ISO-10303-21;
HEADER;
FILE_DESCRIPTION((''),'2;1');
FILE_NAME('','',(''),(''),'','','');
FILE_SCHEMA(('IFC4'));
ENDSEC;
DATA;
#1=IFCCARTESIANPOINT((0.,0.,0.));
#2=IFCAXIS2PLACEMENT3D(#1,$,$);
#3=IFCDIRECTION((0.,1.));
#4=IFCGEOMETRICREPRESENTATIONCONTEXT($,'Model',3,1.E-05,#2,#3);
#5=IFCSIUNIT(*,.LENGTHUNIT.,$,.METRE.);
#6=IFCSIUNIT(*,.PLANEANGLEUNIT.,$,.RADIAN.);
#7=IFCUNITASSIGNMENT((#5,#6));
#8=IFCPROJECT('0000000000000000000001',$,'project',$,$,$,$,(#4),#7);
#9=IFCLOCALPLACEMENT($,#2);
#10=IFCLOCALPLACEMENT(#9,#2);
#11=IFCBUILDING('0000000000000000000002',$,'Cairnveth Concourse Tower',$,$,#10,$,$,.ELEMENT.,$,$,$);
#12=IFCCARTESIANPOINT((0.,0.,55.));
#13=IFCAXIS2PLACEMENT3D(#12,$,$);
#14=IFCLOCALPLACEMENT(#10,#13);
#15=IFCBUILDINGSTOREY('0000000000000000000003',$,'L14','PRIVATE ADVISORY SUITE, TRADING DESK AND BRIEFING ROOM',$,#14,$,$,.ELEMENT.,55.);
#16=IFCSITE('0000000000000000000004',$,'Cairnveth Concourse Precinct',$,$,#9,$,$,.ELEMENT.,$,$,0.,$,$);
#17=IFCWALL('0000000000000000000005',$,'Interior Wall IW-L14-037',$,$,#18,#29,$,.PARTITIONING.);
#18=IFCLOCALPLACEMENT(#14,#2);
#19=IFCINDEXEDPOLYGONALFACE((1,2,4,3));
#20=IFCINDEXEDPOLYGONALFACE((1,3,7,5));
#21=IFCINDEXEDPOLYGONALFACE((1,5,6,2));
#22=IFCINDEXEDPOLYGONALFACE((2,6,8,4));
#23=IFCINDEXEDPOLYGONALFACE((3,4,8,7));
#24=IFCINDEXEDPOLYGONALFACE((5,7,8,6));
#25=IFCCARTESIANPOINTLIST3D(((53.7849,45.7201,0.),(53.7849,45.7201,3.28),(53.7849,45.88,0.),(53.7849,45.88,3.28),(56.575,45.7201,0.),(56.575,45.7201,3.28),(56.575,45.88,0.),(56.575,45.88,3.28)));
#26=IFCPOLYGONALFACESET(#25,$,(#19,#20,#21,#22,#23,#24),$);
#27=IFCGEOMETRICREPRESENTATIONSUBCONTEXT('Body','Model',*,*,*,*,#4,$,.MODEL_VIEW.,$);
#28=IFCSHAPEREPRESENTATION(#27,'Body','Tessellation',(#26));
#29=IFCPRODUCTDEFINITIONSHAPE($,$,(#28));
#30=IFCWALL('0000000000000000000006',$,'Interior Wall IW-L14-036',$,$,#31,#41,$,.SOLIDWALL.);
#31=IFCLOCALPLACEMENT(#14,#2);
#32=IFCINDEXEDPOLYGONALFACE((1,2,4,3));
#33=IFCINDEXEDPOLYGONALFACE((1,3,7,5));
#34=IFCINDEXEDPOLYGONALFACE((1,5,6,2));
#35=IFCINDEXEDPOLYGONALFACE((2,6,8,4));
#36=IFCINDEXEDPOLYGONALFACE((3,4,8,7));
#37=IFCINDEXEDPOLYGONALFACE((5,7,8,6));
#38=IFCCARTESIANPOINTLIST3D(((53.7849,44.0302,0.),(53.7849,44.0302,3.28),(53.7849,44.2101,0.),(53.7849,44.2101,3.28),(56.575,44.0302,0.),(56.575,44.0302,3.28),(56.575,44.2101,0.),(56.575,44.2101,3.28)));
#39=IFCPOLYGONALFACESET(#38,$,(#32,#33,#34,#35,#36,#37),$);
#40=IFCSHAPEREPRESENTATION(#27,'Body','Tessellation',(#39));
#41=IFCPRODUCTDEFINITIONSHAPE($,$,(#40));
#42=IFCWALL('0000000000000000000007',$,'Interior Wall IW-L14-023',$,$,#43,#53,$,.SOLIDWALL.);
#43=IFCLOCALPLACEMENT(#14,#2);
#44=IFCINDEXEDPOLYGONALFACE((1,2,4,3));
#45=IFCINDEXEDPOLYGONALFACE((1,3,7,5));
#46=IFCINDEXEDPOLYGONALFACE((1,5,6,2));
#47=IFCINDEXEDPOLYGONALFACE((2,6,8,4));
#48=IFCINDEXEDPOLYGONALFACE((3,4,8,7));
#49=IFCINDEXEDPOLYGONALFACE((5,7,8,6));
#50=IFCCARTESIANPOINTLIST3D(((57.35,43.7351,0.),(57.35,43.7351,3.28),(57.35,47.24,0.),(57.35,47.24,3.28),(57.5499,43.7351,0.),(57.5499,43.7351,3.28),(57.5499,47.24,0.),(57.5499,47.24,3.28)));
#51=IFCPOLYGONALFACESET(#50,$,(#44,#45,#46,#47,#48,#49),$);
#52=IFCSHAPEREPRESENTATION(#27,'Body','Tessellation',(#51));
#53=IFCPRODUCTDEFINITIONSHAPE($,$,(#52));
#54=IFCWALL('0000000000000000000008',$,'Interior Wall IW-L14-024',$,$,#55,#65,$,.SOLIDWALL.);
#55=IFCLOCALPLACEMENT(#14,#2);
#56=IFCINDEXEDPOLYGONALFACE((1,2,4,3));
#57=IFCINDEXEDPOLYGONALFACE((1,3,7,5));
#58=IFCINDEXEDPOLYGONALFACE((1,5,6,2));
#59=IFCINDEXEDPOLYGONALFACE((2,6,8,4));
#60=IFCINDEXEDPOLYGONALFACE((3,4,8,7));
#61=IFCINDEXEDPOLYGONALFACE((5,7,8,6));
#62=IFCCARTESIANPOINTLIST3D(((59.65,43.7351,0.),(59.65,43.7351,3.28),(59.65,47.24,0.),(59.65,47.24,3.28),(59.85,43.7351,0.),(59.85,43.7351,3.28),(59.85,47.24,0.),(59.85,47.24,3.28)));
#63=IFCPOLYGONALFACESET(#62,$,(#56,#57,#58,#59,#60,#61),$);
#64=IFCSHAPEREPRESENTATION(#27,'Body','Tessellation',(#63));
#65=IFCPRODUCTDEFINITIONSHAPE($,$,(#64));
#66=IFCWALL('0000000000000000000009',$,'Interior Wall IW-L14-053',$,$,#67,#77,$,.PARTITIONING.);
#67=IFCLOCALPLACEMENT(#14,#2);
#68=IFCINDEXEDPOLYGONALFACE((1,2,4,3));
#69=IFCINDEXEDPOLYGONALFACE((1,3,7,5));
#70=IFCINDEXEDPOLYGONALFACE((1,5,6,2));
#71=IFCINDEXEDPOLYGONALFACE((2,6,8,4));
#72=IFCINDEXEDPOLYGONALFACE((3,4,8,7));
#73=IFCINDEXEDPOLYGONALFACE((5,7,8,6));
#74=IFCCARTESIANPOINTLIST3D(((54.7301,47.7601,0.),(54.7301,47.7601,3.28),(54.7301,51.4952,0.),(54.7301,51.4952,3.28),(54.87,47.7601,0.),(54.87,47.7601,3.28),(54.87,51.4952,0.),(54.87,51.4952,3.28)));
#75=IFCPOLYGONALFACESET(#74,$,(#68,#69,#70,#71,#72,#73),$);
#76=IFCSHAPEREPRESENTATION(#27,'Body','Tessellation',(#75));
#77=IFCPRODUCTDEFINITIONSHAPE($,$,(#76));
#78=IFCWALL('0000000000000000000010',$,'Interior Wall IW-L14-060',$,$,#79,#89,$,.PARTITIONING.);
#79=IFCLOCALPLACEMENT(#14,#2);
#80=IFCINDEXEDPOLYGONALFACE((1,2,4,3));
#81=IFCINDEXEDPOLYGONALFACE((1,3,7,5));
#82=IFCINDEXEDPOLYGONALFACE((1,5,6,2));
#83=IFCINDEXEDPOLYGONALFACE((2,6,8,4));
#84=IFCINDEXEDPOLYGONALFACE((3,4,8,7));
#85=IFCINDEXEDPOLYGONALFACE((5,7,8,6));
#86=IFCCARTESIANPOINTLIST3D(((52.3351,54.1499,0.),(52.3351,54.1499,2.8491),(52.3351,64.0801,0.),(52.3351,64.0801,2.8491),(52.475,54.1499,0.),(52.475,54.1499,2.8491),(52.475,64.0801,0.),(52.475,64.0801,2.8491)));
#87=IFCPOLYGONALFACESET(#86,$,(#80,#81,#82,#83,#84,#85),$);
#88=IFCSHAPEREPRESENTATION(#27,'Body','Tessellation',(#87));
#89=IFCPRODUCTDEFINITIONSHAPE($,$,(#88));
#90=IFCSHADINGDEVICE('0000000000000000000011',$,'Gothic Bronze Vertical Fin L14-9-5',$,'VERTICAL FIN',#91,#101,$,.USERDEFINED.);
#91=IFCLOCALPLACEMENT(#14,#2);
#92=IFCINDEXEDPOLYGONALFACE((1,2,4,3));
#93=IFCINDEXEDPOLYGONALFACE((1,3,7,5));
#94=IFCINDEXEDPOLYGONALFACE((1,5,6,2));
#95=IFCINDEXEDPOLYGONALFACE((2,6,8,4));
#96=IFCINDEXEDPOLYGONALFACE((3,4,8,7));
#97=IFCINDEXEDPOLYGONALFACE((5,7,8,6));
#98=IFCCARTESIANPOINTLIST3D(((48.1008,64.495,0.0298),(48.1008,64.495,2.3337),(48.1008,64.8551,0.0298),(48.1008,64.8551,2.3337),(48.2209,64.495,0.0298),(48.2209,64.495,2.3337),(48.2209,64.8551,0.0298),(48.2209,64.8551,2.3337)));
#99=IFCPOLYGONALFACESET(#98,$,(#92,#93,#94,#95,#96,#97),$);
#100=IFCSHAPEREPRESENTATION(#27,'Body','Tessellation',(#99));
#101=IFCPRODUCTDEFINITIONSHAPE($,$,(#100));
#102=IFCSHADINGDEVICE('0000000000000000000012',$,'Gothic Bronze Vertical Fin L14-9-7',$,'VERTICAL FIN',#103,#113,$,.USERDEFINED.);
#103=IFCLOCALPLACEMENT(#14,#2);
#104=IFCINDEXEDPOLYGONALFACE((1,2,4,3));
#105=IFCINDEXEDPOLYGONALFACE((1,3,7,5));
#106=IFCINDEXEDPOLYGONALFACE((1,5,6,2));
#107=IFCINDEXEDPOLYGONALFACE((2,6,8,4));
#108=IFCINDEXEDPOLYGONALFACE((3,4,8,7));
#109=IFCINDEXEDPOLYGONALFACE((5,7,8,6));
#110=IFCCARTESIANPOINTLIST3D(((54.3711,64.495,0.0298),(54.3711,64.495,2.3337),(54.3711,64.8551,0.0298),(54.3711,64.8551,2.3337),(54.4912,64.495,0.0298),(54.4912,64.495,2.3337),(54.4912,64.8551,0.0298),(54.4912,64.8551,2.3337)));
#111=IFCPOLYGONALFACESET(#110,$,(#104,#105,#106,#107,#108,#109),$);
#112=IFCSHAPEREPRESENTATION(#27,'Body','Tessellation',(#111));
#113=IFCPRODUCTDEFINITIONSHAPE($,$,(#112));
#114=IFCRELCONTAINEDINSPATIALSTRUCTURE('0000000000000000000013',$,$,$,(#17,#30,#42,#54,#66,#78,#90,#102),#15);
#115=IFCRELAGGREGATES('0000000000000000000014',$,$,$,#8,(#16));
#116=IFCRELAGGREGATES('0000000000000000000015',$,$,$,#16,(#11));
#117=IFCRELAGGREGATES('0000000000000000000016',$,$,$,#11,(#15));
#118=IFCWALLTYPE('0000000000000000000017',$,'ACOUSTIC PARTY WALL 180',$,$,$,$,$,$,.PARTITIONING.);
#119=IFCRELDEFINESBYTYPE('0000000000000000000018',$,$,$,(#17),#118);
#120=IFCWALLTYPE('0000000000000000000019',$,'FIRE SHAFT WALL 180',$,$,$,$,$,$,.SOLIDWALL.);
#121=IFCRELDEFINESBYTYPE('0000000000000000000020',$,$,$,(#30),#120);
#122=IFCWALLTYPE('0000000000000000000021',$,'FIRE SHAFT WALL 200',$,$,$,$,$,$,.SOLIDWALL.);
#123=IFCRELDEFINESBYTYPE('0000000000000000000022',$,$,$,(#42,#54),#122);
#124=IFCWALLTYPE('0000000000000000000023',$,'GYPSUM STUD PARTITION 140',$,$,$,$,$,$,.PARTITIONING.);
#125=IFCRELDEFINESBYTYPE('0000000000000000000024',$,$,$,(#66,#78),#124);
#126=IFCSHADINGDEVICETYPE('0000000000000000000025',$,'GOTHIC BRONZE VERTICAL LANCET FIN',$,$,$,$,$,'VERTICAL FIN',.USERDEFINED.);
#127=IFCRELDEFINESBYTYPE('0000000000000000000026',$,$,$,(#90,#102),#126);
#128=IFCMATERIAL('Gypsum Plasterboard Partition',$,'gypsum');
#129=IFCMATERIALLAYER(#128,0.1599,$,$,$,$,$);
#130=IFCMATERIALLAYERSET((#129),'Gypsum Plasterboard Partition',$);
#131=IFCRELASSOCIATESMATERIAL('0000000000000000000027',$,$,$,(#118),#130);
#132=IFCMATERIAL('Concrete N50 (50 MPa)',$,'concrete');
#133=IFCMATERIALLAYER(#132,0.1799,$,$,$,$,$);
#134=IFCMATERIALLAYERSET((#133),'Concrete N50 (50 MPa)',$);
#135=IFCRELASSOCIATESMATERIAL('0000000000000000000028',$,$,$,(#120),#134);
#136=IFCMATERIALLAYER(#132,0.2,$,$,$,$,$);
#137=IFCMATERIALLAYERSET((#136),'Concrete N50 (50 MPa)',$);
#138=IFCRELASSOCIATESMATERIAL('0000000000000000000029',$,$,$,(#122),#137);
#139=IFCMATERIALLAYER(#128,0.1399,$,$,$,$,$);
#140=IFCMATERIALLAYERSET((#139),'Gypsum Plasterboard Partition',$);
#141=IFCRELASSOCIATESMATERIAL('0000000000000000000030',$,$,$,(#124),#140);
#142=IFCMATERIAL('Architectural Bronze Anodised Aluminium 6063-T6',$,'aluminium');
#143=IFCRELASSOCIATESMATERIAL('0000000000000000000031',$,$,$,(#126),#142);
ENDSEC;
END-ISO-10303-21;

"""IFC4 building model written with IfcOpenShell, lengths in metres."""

from ifc_helpers import new_model, si_unit, direction, frame, frame_2d, origin, origin_2d, place, context, subcontext, project, spatial, rectangle, extrude, material, layer, layer_set, type_object, element, save


model = new_model("IFC4")

# Units and contexts
model_context = context("Model", 3, precision=1e-05, world=origin(), true_north=direction((0.0, 1.0)))
body_context = subcontext(model_context, "Body", "Model", "MODEL_VIEW")
ifc_project = project(units=[si_unit("LENGTHUNIT", "METRE"), si_unit("PLANEANGLEUNIT", "RADIAN")], contexts=[model_context])

# Site, building, storey
site_placement = place(None, origin())
site = spatial("IfcSite", under=ifc_project, at=site_placement, Name="Cairnveth Concourse Precinct", CompositionType="ELEMENT", RefElevation=0.0)
building_placement = place(site_placement, origin())
building = spatial("IfcBuilding", under=site, at=building_placement, Name="Cairnveth Concourse Tower", CompositionType="ELEMENT")
storey_placement = place(building_placement, frame((0.0, 0.0, 55.0)))
storey = spatial("IfcBuildingStorey", under=building, at=storey_placement, Name="L14", Description="PRIVATE ADVISORY SUITE, TRADING DESK AND BRIEFING ROOM", CompositionType="ELEMENT", Elevation=55.0)

# Walls
ifc_material_1 = material(Name="Gypsum Plasterboard Partition", Category="gypsum")
ifc_layer_1 = layer(ifc_material_1, 0.1599)
ifc_layer_set_1 = layer_set([ifc_layer_1], Name="Gypsum Plasterboard Partition")
wall_type_1 = type_object("IfcWallType", Name="ACOUSTIC PARTY WALL 180", PredefinedType="PARTITIONING", material=ifc_layer_set_1)
wall_1_placement = place(storey_placement, frame((53.7849, 45.8, 0.0), z_axis=(0.0, 0.0, 1.0), x_axis=(1.0, 0.0, 0.0)))
element("IfcWall", 1, at=wall_1_placement, inside=storey, type_object=wall_type_1, Name="Interior Wall IW-L14-037", PredefinedType="PARTITIONING", context=body_context, shape_type="SweptSolid", body=[
    extrude(rectangle(XDim=2.79, YDim=0.1599, at=frame_2d((1.395, 0.0))), origin(), (0.0, 0.0, 1.0), 3.28),
])
ifc_material_2 = material(Name="Concrete N50 (50 MPa)", Category="concrete")
ifc_layer_2 = layer(ifc_material_2, 0.1799)
ifc_layer_set_2 = layer_set([ifc_layer_2], Name="Concrete N50 (50 MPa)")
wall_type_2 = type_object("IfcWallType", Name="FIRE SHAFT WALL 180", PredefinedType="SOLIDWALL", material=ifc_layer_set_2)
wall_2_placement = place(storey_placement, frame((53.7849, 44.1201, 0.0), z_axis=(0.0, 0.0, 1.0), x_axis=(1.0, 0.0, 0.0)))
element("IfcWall", 2, at=wall_2_placement, inside=storey, type_object=wall_type_2, Name="Interior Wall IW-L14-036", PredefinedType="SOLIDWALL", context=body_context, shape_type="SweptSolid", body=[
    extrude(rectangle(XDim=2.79, YDim=0.1799, at=frame_2d((1.395, 0.0))), origin(), (0.0, 0.0, 1.0), 3.28),
])
ifc_layer_3 = layer(ifc_material_2, 0.2)
ifc_layer_set_3 = layer_set([ifc_layer_3], Name="Concrete N50 (50 MPa)")
wall_type_3 = type_object("IfcWallType", Name="FIRE SHAFT WALL 200", PredefinedType="SOLIDWALL", material=ifc_layer_set_3)
for number, where, z_axis, x_axis, name in (
    (3, (57.45, 43.7351, 0.0), (0.0, 0.0, 1.0), (0.0, 1.0, 0.0), "Interior Wall IW-L14-023"),
    (4, (59.75, 43.7351, 0.0), (0.0, 0.0, 1.0), (0.0, 1.0, 0.0), "Interior Wall IW-L14-024"),
):
    element("IfcWall", number, at=place(storey_placement, frame(where, z_axis=z_axis, x_axis=x_axis)), inside=storey, type_object=wall_type_3, Name=name, PredefinedType="SOLIDWALL", context=body_context, shape_type="SweptSolid", body=[
        extrude(rectangle(XDim=3.5049, YDim=0.2, at=frame_2d((1.7524, 0.0))), origin(), (0.0, 0.0, 1.0), 3.28),
    ])
ifc_layer_4 = layer(ifc_material_1, 0.1399)
ifc_layer_set_4 = layer_set([ifc_layer_4], Name="Gypsum Plasterboard Partition")
wall_type_4 = type_object("IfcWallType", Name="GYPSUM STUD PARTITION 140", PredefinedType="PARTITIONING", material=ifc_layer_set_4)
wall_3_placement = place(storey_placement, frame((54.8, 47.76, 0.0), z_axis=(0.0, 0.0, 1.0), x_axis=(0.0, 1.0, 0.0)))
element("IfcWall", 5, at=wall_3_placement, inside=storey, type_object=wall_type_4, Name="Interior Wall IW-L14-053", PredefinedType="PARTITIONING", context=body_context, shape_type="SweptSolid", body=[
    extrude(rectangle(XDim=3.7351, YDim=0.1399, at=frame_2d((1.8677, 0.0))), origin(), (0.0, 0.0, 1.0), 3.28),
])
wall_4_placement = place(storey_placement, frame((52.405, 54.1499, 0.0), z_axis=(0.0, 0.0, 1.0), x_axis=(0.0, 1.0, 0.0)))
element("IfcWall", 6, at=wall_4_placement, inside=storey, type_object=wall_type_4, Name="Interior Wall IW-L14-060", PredefinedType="PARTITIONING", context=body_context, shape_type="SweptSolid", body=[
    extrude(rectangle(XDim=9.9302, YDim=0.1399, at=frame_2d((4.9651, 0.0))), origin(), (0.0, 0.0, 1.0), 2.8491),
])

# Shading devices
ifc_material_3 = material(Name="Architectural Bronze Anodised Aluminium 6063-T6", Category="aluminium")
shading_device_type = type_object("IfcShadingDeviceType", Name="GOTHIC BRONZE VERTICAL LANCET FIN", ElementType="VERTICAL FIN", PredefinedType="USERDEFINED", material=ifc_material_3)
for number, where, z_axis, x_axis, name in (
    (7, (48.1609, 64.675, 0.0298), (0.0, 0.0, 1.0), (1.0, 0.0, 0.0), "Gothic Bronze Vertical Fin L14-9-5"),
    (8, (54.4312, 64.675, 0.0298), (0.0, 0.0, 1.0), (1.0, 0.0, 0.0), "Gothic Bronze Vertical Fin L14-9-7"),
):
    element("IfcShadingDevice", number, at=place(storey_placement, frame(where, z_axis=z_axis, x_axis=x_axis)), inside=storey, type_object=shading_device_type, Name=name, ObjectType="VERTICAL FIN", PredefinedType="USERDEFINED", context=body_context, shape_type="SweptSolid", body=[
        extrude(rectangle(XDim=0.1201, YDim=0.3601, at=origin_2d()), origin(), (0.0, 0.0, 1.0), 2.304),
    ])

save(model, "model.ifc")
